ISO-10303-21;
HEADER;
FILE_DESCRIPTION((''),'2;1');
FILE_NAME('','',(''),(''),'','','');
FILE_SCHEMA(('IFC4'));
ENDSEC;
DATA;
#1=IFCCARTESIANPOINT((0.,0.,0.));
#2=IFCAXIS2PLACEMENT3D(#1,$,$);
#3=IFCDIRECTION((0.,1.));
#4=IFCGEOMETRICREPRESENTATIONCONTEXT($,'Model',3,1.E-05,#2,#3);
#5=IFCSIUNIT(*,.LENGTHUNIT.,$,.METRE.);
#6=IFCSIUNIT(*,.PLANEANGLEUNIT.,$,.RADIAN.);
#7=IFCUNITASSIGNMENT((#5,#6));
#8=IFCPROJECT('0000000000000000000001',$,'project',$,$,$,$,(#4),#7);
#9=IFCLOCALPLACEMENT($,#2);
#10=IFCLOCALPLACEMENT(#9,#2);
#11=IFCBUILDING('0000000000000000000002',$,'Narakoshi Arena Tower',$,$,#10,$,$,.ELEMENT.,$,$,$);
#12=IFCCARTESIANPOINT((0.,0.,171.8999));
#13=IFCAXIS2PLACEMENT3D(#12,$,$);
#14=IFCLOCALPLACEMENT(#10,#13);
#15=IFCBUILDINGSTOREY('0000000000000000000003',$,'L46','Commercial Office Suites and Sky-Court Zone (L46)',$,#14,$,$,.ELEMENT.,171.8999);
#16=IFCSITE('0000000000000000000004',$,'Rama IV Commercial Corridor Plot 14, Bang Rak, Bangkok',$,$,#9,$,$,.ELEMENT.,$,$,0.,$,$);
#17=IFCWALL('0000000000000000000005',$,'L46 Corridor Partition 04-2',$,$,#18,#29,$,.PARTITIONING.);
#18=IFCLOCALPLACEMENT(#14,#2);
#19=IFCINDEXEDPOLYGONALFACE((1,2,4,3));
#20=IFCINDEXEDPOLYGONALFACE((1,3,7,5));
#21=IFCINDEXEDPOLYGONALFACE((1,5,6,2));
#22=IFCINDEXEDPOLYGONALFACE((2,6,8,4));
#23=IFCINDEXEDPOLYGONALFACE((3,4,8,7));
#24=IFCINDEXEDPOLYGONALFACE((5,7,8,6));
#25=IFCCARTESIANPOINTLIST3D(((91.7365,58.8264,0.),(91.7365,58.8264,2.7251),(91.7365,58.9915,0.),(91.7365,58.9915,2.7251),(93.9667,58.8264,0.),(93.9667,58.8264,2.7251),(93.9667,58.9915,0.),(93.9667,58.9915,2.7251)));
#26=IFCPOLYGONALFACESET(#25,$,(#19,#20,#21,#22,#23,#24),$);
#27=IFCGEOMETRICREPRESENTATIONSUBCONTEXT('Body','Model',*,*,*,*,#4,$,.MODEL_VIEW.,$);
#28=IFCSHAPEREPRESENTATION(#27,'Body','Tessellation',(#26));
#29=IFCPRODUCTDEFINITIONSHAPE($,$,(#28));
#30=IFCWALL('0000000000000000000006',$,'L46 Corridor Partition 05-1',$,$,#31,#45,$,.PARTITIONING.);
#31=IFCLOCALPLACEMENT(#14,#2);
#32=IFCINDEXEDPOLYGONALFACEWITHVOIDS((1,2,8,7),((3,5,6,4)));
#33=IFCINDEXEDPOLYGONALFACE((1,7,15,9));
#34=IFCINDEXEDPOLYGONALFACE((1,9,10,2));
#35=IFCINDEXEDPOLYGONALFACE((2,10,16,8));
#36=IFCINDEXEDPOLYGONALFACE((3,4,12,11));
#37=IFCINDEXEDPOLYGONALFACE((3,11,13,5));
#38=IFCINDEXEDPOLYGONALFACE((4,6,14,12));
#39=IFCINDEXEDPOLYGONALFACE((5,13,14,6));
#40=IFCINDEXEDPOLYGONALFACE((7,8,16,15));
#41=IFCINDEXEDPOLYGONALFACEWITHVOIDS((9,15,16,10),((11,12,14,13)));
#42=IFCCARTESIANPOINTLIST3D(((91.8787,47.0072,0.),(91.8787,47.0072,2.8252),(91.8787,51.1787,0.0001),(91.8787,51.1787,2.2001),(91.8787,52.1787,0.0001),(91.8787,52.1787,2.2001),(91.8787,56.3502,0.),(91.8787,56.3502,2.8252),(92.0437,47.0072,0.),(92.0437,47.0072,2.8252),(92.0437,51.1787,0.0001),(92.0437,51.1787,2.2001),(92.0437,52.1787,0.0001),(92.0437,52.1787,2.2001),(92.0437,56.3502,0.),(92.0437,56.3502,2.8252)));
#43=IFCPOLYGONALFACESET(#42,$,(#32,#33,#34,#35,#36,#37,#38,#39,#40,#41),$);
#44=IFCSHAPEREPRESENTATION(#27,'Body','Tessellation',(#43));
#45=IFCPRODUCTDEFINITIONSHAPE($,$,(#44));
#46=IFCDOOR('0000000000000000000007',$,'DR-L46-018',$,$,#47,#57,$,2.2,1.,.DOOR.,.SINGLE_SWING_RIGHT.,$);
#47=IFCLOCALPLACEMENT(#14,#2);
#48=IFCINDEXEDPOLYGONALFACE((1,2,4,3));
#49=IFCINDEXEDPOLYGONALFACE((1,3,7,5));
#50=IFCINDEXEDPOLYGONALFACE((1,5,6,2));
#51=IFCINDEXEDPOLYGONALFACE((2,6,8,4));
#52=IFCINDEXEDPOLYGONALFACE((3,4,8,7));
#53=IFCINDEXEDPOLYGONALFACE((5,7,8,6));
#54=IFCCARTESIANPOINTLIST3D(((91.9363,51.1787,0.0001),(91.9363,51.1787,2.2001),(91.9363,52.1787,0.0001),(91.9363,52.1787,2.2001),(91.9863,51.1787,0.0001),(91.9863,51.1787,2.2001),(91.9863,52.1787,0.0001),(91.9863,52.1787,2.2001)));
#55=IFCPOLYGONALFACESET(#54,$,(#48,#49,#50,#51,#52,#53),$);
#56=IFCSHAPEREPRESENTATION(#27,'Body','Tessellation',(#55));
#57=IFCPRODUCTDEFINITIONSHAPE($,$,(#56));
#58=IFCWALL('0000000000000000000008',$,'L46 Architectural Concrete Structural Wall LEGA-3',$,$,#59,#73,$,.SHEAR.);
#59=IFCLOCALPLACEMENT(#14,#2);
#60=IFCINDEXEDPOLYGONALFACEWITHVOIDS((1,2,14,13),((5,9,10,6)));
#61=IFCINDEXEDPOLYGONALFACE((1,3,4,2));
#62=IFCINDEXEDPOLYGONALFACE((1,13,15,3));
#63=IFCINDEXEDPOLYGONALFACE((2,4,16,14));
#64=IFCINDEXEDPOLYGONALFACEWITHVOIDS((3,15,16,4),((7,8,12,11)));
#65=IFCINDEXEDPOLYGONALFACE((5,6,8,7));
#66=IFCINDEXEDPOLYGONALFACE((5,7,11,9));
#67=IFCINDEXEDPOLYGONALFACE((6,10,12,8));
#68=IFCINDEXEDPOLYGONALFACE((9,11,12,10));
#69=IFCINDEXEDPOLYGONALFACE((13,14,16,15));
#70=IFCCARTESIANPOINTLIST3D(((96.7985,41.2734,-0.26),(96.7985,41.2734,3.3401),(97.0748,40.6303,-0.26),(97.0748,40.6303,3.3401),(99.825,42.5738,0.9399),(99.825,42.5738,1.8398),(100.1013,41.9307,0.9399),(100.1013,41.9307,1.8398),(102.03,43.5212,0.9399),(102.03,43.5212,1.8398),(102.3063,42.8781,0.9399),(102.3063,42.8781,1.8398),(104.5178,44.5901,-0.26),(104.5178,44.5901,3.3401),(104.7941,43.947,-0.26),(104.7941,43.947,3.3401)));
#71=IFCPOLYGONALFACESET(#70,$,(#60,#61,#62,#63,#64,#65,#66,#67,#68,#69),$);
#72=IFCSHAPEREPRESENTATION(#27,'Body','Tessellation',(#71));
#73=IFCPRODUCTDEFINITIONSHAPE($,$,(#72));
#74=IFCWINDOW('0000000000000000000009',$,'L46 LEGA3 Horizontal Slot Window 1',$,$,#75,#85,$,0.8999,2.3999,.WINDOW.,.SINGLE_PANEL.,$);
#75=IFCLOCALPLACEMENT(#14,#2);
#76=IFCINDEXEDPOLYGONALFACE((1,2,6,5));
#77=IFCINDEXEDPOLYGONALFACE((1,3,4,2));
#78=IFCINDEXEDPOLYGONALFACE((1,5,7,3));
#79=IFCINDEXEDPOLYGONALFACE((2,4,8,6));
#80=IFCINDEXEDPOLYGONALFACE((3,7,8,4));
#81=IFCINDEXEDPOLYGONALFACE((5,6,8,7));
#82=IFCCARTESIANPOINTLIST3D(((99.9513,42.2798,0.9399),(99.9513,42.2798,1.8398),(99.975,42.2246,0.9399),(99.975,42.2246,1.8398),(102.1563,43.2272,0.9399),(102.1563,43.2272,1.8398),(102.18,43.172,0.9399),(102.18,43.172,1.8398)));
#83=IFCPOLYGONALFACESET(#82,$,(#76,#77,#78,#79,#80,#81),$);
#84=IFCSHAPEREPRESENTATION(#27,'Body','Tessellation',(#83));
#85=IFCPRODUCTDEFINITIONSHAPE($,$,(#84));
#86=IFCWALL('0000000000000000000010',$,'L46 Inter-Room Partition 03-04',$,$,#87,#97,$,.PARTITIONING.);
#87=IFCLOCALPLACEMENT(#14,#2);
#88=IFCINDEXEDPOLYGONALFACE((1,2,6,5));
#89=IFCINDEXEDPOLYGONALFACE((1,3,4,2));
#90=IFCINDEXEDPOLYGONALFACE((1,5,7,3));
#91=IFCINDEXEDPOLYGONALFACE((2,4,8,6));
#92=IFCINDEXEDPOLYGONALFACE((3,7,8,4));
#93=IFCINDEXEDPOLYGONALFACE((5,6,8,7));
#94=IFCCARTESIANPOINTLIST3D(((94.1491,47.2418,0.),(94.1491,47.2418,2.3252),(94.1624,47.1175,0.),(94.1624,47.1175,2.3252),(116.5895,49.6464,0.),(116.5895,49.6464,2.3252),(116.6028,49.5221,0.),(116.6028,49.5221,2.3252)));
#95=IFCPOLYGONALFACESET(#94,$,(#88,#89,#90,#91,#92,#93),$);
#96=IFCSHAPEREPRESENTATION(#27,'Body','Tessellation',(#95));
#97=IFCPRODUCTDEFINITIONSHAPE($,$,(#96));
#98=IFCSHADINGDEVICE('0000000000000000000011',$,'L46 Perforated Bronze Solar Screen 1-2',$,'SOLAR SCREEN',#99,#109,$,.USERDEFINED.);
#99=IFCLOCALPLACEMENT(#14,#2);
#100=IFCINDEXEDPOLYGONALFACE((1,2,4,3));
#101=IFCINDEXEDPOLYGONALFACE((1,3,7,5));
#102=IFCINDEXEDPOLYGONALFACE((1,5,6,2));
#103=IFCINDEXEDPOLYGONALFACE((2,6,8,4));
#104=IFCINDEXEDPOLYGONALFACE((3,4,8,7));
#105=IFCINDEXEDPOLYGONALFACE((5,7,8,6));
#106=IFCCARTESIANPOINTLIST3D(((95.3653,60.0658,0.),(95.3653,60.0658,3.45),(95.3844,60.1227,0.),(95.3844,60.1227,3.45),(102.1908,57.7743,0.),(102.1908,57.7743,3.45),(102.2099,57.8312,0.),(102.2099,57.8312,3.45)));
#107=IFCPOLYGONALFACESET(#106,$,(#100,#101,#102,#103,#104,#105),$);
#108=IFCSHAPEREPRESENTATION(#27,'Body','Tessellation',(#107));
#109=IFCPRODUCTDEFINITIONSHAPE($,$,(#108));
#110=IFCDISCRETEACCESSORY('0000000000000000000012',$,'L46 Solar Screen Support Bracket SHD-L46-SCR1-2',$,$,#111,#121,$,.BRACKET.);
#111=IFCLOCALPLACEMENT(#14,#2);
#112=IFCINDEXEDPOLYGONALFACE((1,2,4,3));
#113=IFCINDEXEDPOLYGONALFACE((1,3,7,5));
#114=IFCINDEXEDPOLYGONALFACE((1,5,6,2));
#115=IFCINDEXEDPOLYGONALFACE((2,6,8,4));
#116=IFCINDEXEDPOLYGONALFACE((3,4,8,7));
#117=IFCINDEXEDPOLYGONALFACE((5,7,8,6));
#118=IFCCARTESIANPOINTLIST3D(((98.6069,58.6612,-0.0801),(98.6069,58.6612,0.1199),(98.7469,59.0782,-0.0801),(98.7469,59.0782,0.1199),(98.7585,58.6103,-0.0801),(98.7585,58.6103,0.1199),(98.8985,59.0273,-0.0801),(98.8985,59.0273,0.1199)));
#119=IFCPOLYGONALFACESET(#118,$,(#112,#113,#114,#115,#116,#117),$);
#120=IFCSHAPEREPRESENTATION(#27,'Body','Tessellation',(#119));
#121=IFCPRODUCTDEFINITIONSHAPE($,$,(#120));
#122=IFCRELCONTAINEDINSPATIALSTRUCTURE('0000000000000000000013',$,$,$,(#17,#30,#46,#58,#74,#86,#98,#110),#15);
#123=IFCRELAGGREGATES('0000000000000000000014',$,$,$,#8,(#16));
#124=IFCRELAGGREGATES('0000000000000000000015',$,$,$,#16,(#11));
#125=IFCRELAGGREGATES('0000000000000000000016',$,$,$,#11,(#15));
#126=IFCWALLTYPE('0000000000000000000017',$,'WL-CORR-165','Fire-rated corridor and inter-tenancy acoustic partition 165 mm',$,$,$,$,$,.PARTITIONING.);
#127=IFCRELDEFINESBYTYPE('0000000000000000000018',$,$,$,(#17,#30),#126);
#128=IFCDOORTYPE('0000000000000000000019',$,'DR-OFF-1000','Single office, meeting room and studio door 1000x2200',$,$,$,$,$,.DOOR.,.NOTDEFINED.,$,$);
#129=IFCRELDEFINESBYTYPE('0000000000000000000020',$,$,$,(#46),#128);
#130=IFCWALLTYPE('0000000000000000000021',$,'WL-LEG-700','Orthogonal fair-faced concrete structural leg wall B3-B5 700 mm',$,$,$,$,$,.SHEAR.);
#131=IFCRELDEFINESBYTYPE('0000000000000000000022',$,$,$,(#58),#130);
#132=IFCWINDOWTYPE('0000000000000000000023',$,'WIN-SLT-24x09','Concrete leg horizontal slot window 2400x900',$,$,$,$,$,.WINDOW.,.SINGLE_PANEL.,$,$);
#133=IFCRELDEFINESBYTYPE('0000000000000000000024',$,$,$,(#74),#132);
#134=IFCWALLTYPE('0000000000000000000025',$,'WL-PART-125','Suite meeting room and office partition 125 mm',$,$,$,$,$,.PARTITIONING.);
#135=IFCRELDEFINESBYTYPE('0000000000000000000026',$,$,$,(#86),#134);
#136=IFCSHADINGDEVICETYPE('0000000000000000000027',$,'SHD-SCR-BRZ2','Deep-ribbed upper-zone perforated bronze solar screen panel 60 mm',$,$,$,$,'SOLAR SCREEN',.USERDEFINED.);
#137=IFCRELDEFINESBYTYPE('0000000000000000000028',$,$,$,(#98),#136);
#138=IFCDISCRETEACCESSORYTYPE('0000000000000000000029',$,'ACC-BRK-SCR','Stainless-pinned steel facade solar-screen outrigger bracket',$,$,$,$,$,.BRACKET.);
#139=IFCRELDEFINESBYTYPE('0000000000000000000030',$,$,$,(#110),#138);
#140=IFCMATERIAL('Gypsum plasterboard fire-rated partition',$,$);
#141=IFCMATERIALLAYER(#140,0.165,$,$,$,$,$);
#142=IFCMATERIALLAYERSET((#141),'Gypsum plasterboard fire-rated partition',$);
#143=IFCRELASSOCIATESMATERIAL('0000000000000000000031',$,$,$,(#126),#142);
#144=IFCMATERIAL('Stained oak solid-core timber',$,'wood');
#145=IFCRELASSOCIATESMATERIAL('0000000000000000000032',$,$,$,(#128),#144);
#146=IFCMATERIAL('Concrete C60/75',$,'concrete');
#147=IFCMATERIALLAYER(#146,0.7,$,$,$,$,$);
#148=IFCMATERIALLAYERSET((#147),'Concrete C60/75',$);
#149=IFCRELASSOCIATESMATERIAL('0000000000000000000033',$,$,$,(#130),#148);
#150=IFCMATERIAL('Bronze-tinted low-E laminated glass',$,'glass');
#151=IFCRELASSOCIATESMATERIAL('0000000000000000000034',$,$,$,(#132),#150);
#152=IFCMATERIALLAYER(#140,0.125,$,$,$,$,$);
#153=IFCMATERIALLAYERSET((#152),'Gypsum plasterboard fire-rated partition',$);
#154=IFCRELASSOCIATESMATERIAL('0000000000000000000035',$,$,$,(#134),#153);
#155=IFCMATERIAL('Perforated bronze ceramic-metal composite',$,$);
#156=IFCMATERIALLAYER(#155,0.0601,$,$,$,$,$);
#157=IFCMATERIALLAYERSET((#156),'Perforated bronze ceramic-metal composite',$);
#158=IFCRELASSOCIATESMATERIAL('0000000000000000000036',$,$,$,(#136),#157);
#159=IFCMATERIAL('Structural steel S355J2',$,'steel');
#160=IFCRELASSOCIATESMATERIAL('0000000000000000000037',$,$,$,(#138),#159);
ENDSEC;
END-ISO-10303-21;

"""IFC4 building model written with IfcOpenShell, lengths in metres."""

from ifc_helpers import new_model, si_unit, direction, frame, frame_2d, origin, origin_2d, place, context, subcontext, project, spatial, rectangle, extrude, material, layer, layer_set, type_object, element, fill, save


model = new_model("IFC4")

# Units and contexts
model_context = context("Model", 3, precision=1e-05, world=origin(), true_north=direction((0.0, 1.0)))
body_context = subcontext(model_context, "Body", "Model", "MODEL_VIEW")
ifc_project = project(units=[si_unit("LENGTHUNIT", "METRE"), si_unit("PLANEANGLEUNIT", "RADIAN")], contexts=[model_context])

# Site, building, storey
site_placement = place(None, origin())
site = spatial("IfcSite", under=ifc_project, at=site_placement, Name="Rama IV Commercial Corridor Plot 14, Bang Rak, Bangkok", CompositionType="ELEMENT", RefElevation=0.0)
building_placement = place(site_placement, origin())
building = spatial("IfcBuilding", under=site, at=building_placement, Name="Narakoshi Arena Tower", CompositionType="ELEMENT")
storey_placement = place(building_placement, frame((0.0, 0.0, 171.8999)))
storey = spatial("IfcBuildingStorey", under=building, at=storey_placement, Name="L46", Description="Commercial Office Suites and Sky-Court Zone (L46)", CompositionType="ELEMENT", Elevation=171.8999)

# Shared definitions
ifc_material_1 = material(Name="Concrete C60/75", Category="concrete")
ifc_material_2 = material(Name="Structural steel S355J2", Category="steel")

# Shared definitions
ifc_material_3 = material(Name="Bronze-tinted low-E laminated glass", Category="glass")

# Shared definitions
ifc_material_4 = material(Name="Gypsum plasterboard fire-rated partition")
ifc_layer_1 = layer(ifc_material_4, 0.165)
ifc_layer_set_1 = layer_set([ifc_layer_1], Name="Gypsum plasterboard fire-rated partition")
wall_type_1 = type_object("IfcWallType", Name="WL-CORR-165", Description="Fire-rated corridor and inter-tenancy acoustic partition 165 mm", PredefinedType="PARTITIONING", material=ifc_layer_set_1)
ifc_material_5 = material(Name="Stained oak solid-core timber", Category="wood")
door_type = type_object("IfcDoorType", Name="DR-OFF-1000", Description="Single office, meeting room and studio door 1000x2200", OperationType="NOTDEFINED", PredefinedType="DOOR", material=ifc_material_5)

# Wall
wall_1_placement = place(storey_placement, frame((93.9668, 58.9089, 0.0), z_axis=(0.0, 0.0, 1.0), x_axis=(-1.0, 0.0, 0.0)))
element("IfcWall", 1, at=wall_1_placement, inside=storey, type_object=wall_type_1, Name="L46 Corridor Partition 04-2", PredefinedType="PARTITIONING", context=body_context, shape_type="SweptSolid", body=[
    extrude(rectangle(XDim=2.2302, YDim=0.165, at=frame_2d((1.1152, 0.0))), origin(), (0.0, 0.0, 1.0), 2.7251),
])

# Wall, opening, door
wall_2_placement = place(storey_placement, frame((91.9612, 56.3501, 0.0), z_axis=(0.0, 0.0, 1.0), x_axis=(0.0, -1.0, 0.0)))
wall_2 = element("IfcWall", 2, at=wall_2_placement, inside=storey, type_object=wall_type_1, Name="L46 Corridor Partition 05-1", PredefinedType="PARTITIONING", context=body_context, shape_type="SweptSolid", body=[
    extrude(rectangle(XDim=9.343, YDim=0.165, at=frame_2d((4.6714, 0.0))), origin(), (0.0, 0.0, 1.0), 2.8252),
])
opening_1_placement = place(wall_2_placement, frame((4.1714, 0.0, 0.0)))
opening_1 = element("IfcOpeningElement", 3, at=opening_1_placement, cuts=wall_2, PredefinedType="OPENING", context=body_context, shape_type="SweptSolid", body=[
    extrude(rectangle(XDim=1.0, YDim=2.2, at=frame_2d((0.5, 1.1001))), frame((0.0, 0.0925, 0.0), z_axis=(0.0, -1.0, 0.0), x_axis=(1.0, 0.0, 0.0)), (0.0, 0.0, 1.0), 0.1851),
])
door_1_placement = place(opening_1_placement, frame((1.0, 0.0, 0.0), z_axis=(0.0, 0.0, 1.0), x_axis=(-1.0, 0.0, 0.0)))
door_1 = element("IfcDoor", 4, at=door_1_placement, inside=storey, type_object=door_type, Name="DR-L46-018", OperationType="SINGLE_SWING_RIGHT", OverallHeight=2.2, OverallWidth=1.0, PredefinedType="DOOR", context=body_context, shape_type="SweptSolid", body=[
    extrude(rectangle(XDim=1.0, YDim=2.2, at=frame_2d((0.5, 1.1001))), frame((0.0, 0.0249, 0.0), z_axis=(0.0, -1.0, 0.0), x_axis=(1.0, 0.0, 0.0)), (0.0, 0.0, 1.0), 0.05),
])
fill(opening_1, door_1)

# Wall, opening, window
ifc_layer_2 = layer(ifc_material_1, 0.7)
ifc_layer_set_2 = layer_set([ifc_layer_2], Name="Concrete C60/75")
wall_type_2 = type_object("IfcWallType", Name="WL-LEG-700", Description="Orthogonal fair-faced concrete structural leg wall B3-B5 700 mm", PredefinedType="SHEAR", material=ifc_layer_set_2)
wall_3_placement = place(storey_placement, frame((96.9368, 40.9519, -0.26), z_axis=(0.0, 0.0, 1.0), x_axis=(0.918782, 0.394764, 0.0)))
wall_3 = element("IfcWall", 5, at=wall_3_placement, inside=storey, type_object=wall_type_2, Name="L46 Architectural Concrete Structural Wall LEGA-3", PredefinedType="SHEAR", context=body_context, shape_type="SweptSolid", body=[
    extrude(rectangle(XDim=8.4016, YDim=0.7, at=frame_2d((4.2007, 0.0))), origin(), (0.0, 0.0, 1.0), 3.6001),
])
opening_2_placement = place(wall_3_placement, frame((3.2939, 0.0, 1.2)))
opening_2 = element("IfcOpeningElement", 6, at=opening_2_placement, cuts=wall_3, PredefinedType="OPENING", context=body_context, shape_type="SweptSolid", body=[
    extrude(rectangle(XDim=2.3999, YDim=0.8999, at=frame_2d((1.2, 0.45))), frame((0.0, 0.3599, 0.0), z_axis=(0.0, -1.0, 0.0), x_axis=(1.0, 0.0, 0.0)), (0.0, 0.0, 1.0), 0.72),
])
window_type = type_object("IfcWindowType", Name="WIN-SLT-24x09", Description="Concrete leg horizontal slot window 2400x900", PartitioningType="SINGLE_PANEL", PredefinedType="WINDOW", material=ifc_material_3)
window_placement = place(opening_2_placement, origin())
window = element("IfcWindow", 7, at=window_placement, inside=storey, type_object=window_type, Name="L46 LEGA3 Horizontal Slot Window 1", OverallHeight=0.8999, OverallWidth=2.3999, PartitioningType="SINGLE_PANEL", PredefinedType="WINDOW", context=body_context, shape_type="SweptSolid", body=[
    extrude(rectangle(XDim=2.3999, YDim=0.8999, at=frame_2d((1.2, 0.45))), frame((0.0, 0.03, 0.0), z_axis=(0.0, -1.0, 0.0), x_axis=(1.0, 0.0, 0.0)), (0.0, 0.0, 1.0), 0.0601),
])
fill(opening_2, window)

# Wall
ifc_layer_3 = layer(ifc_material_4, 0.125)
ifc_layer_set_3 = layer_set([ifc_layer_3], Name="Gypsum plasterboard fire-rated partition")
wall_type_3 = type_object("IfcWallType", Name="WL-PART-125", Description="Suite meeting room and office partition 125 mm", PredefinedType="PARTITIONING", material=ifc_layer_set_3)
wall_4_placement = place(storey_placement, frame((94.1558, 47.1797, 0.0), z_axis=(0.0, 0.0, 1.0), x_axis=(0.994308, 0.106542, 0.0)))
element("IfcWall", 8, at=wall_4_placement, inside=storey, type_object=wall_type_3, Name="L46 Inter-Room Partition 03-04", PredefinedType="PARTITIONING", context=body_context, shape_type="SweptSolid", body=[
    extrude(rectangle(XDim=22.5688, YDim=0.125, at=frame_2d((11.2844, 0.0))), origin(), (0.0, 0.0, 1.0), 2.3252),
])

# Shading device
ifc_material_6 = material(Name="Perforated bronze ceramic-metal composite")
ifc_layer_4 = layer(ifc_material_6, 0.0601)
ifc_layer_set_4 = layer_set([ifc_layer_4], Name="Perforated bronze ceramic-metal composite")
shading_device_type = type_object("IfcShadingDeviceType", Name="SHD-SCR-BRZ2", Description="Deep-ribbed upper-zone perforated bronze solar screen panel 60 mm", ElementType="SOLAR SCREEN", PredefinedType="USERDEFINED", material=ifc_layer_set_4)
shading_device_placement = place(storey_placement, frame((98.7876, 58.9485, 0.0), z_axis=(0.0, 0.0, 1.0), x_axis=(-0.948002, 0.318264, 0.0)))
element("IfcShadingDevice", 9, at=shading_device_placement, inside=storey, type_object=shading_device_type, Name="L46 Perforated Bronze Solar Screen 1-2", ObjectType="SOLAR SCREEN", PredefinedType="USERDEFINED", context=body_context, shape_type="SweptSolid", body=[
    extrude(rectangle(XDim=7.2, YDim=0.0601, at=origin_2d()), origin(), (0.0, 0.0, 1.0), 3.45),
])

# Discrete accessory
discrete_accessory_type = type_object("IfcDiscreteAccessoryType", Name="ACC-BRK-SCR", Description="Stainless-pinned steel facade solar-screen outrigger bracket", PredefinedType="BRACKET", material=ifc_material_2)
discrete_accessory_placement = place(storey_placement, frame((98.7527, 58.8442, -0.0801), z_axis=(0.0, 0.0, 1.0), x_axis=(-0.948002, 0.318264, 0.0)))
element("IfcDiscreteAccessory", 10, at=discrete_accessory_placement, inside=storey, type_object=discrete_accessory_type, Name="L46 Solar Screen Support Bracket SHD-L46-SCR1-2", PredefinedType="BRACKET", context=body_context, shape_type="SweptSolid", body=[
    extrude(rectangle(XDim=0.1599, YDim=0.4399, at=origin_2d()), origin(), (0.0, 0.0, 1.0), 0.2),
])

save(model, "model.ifc")
